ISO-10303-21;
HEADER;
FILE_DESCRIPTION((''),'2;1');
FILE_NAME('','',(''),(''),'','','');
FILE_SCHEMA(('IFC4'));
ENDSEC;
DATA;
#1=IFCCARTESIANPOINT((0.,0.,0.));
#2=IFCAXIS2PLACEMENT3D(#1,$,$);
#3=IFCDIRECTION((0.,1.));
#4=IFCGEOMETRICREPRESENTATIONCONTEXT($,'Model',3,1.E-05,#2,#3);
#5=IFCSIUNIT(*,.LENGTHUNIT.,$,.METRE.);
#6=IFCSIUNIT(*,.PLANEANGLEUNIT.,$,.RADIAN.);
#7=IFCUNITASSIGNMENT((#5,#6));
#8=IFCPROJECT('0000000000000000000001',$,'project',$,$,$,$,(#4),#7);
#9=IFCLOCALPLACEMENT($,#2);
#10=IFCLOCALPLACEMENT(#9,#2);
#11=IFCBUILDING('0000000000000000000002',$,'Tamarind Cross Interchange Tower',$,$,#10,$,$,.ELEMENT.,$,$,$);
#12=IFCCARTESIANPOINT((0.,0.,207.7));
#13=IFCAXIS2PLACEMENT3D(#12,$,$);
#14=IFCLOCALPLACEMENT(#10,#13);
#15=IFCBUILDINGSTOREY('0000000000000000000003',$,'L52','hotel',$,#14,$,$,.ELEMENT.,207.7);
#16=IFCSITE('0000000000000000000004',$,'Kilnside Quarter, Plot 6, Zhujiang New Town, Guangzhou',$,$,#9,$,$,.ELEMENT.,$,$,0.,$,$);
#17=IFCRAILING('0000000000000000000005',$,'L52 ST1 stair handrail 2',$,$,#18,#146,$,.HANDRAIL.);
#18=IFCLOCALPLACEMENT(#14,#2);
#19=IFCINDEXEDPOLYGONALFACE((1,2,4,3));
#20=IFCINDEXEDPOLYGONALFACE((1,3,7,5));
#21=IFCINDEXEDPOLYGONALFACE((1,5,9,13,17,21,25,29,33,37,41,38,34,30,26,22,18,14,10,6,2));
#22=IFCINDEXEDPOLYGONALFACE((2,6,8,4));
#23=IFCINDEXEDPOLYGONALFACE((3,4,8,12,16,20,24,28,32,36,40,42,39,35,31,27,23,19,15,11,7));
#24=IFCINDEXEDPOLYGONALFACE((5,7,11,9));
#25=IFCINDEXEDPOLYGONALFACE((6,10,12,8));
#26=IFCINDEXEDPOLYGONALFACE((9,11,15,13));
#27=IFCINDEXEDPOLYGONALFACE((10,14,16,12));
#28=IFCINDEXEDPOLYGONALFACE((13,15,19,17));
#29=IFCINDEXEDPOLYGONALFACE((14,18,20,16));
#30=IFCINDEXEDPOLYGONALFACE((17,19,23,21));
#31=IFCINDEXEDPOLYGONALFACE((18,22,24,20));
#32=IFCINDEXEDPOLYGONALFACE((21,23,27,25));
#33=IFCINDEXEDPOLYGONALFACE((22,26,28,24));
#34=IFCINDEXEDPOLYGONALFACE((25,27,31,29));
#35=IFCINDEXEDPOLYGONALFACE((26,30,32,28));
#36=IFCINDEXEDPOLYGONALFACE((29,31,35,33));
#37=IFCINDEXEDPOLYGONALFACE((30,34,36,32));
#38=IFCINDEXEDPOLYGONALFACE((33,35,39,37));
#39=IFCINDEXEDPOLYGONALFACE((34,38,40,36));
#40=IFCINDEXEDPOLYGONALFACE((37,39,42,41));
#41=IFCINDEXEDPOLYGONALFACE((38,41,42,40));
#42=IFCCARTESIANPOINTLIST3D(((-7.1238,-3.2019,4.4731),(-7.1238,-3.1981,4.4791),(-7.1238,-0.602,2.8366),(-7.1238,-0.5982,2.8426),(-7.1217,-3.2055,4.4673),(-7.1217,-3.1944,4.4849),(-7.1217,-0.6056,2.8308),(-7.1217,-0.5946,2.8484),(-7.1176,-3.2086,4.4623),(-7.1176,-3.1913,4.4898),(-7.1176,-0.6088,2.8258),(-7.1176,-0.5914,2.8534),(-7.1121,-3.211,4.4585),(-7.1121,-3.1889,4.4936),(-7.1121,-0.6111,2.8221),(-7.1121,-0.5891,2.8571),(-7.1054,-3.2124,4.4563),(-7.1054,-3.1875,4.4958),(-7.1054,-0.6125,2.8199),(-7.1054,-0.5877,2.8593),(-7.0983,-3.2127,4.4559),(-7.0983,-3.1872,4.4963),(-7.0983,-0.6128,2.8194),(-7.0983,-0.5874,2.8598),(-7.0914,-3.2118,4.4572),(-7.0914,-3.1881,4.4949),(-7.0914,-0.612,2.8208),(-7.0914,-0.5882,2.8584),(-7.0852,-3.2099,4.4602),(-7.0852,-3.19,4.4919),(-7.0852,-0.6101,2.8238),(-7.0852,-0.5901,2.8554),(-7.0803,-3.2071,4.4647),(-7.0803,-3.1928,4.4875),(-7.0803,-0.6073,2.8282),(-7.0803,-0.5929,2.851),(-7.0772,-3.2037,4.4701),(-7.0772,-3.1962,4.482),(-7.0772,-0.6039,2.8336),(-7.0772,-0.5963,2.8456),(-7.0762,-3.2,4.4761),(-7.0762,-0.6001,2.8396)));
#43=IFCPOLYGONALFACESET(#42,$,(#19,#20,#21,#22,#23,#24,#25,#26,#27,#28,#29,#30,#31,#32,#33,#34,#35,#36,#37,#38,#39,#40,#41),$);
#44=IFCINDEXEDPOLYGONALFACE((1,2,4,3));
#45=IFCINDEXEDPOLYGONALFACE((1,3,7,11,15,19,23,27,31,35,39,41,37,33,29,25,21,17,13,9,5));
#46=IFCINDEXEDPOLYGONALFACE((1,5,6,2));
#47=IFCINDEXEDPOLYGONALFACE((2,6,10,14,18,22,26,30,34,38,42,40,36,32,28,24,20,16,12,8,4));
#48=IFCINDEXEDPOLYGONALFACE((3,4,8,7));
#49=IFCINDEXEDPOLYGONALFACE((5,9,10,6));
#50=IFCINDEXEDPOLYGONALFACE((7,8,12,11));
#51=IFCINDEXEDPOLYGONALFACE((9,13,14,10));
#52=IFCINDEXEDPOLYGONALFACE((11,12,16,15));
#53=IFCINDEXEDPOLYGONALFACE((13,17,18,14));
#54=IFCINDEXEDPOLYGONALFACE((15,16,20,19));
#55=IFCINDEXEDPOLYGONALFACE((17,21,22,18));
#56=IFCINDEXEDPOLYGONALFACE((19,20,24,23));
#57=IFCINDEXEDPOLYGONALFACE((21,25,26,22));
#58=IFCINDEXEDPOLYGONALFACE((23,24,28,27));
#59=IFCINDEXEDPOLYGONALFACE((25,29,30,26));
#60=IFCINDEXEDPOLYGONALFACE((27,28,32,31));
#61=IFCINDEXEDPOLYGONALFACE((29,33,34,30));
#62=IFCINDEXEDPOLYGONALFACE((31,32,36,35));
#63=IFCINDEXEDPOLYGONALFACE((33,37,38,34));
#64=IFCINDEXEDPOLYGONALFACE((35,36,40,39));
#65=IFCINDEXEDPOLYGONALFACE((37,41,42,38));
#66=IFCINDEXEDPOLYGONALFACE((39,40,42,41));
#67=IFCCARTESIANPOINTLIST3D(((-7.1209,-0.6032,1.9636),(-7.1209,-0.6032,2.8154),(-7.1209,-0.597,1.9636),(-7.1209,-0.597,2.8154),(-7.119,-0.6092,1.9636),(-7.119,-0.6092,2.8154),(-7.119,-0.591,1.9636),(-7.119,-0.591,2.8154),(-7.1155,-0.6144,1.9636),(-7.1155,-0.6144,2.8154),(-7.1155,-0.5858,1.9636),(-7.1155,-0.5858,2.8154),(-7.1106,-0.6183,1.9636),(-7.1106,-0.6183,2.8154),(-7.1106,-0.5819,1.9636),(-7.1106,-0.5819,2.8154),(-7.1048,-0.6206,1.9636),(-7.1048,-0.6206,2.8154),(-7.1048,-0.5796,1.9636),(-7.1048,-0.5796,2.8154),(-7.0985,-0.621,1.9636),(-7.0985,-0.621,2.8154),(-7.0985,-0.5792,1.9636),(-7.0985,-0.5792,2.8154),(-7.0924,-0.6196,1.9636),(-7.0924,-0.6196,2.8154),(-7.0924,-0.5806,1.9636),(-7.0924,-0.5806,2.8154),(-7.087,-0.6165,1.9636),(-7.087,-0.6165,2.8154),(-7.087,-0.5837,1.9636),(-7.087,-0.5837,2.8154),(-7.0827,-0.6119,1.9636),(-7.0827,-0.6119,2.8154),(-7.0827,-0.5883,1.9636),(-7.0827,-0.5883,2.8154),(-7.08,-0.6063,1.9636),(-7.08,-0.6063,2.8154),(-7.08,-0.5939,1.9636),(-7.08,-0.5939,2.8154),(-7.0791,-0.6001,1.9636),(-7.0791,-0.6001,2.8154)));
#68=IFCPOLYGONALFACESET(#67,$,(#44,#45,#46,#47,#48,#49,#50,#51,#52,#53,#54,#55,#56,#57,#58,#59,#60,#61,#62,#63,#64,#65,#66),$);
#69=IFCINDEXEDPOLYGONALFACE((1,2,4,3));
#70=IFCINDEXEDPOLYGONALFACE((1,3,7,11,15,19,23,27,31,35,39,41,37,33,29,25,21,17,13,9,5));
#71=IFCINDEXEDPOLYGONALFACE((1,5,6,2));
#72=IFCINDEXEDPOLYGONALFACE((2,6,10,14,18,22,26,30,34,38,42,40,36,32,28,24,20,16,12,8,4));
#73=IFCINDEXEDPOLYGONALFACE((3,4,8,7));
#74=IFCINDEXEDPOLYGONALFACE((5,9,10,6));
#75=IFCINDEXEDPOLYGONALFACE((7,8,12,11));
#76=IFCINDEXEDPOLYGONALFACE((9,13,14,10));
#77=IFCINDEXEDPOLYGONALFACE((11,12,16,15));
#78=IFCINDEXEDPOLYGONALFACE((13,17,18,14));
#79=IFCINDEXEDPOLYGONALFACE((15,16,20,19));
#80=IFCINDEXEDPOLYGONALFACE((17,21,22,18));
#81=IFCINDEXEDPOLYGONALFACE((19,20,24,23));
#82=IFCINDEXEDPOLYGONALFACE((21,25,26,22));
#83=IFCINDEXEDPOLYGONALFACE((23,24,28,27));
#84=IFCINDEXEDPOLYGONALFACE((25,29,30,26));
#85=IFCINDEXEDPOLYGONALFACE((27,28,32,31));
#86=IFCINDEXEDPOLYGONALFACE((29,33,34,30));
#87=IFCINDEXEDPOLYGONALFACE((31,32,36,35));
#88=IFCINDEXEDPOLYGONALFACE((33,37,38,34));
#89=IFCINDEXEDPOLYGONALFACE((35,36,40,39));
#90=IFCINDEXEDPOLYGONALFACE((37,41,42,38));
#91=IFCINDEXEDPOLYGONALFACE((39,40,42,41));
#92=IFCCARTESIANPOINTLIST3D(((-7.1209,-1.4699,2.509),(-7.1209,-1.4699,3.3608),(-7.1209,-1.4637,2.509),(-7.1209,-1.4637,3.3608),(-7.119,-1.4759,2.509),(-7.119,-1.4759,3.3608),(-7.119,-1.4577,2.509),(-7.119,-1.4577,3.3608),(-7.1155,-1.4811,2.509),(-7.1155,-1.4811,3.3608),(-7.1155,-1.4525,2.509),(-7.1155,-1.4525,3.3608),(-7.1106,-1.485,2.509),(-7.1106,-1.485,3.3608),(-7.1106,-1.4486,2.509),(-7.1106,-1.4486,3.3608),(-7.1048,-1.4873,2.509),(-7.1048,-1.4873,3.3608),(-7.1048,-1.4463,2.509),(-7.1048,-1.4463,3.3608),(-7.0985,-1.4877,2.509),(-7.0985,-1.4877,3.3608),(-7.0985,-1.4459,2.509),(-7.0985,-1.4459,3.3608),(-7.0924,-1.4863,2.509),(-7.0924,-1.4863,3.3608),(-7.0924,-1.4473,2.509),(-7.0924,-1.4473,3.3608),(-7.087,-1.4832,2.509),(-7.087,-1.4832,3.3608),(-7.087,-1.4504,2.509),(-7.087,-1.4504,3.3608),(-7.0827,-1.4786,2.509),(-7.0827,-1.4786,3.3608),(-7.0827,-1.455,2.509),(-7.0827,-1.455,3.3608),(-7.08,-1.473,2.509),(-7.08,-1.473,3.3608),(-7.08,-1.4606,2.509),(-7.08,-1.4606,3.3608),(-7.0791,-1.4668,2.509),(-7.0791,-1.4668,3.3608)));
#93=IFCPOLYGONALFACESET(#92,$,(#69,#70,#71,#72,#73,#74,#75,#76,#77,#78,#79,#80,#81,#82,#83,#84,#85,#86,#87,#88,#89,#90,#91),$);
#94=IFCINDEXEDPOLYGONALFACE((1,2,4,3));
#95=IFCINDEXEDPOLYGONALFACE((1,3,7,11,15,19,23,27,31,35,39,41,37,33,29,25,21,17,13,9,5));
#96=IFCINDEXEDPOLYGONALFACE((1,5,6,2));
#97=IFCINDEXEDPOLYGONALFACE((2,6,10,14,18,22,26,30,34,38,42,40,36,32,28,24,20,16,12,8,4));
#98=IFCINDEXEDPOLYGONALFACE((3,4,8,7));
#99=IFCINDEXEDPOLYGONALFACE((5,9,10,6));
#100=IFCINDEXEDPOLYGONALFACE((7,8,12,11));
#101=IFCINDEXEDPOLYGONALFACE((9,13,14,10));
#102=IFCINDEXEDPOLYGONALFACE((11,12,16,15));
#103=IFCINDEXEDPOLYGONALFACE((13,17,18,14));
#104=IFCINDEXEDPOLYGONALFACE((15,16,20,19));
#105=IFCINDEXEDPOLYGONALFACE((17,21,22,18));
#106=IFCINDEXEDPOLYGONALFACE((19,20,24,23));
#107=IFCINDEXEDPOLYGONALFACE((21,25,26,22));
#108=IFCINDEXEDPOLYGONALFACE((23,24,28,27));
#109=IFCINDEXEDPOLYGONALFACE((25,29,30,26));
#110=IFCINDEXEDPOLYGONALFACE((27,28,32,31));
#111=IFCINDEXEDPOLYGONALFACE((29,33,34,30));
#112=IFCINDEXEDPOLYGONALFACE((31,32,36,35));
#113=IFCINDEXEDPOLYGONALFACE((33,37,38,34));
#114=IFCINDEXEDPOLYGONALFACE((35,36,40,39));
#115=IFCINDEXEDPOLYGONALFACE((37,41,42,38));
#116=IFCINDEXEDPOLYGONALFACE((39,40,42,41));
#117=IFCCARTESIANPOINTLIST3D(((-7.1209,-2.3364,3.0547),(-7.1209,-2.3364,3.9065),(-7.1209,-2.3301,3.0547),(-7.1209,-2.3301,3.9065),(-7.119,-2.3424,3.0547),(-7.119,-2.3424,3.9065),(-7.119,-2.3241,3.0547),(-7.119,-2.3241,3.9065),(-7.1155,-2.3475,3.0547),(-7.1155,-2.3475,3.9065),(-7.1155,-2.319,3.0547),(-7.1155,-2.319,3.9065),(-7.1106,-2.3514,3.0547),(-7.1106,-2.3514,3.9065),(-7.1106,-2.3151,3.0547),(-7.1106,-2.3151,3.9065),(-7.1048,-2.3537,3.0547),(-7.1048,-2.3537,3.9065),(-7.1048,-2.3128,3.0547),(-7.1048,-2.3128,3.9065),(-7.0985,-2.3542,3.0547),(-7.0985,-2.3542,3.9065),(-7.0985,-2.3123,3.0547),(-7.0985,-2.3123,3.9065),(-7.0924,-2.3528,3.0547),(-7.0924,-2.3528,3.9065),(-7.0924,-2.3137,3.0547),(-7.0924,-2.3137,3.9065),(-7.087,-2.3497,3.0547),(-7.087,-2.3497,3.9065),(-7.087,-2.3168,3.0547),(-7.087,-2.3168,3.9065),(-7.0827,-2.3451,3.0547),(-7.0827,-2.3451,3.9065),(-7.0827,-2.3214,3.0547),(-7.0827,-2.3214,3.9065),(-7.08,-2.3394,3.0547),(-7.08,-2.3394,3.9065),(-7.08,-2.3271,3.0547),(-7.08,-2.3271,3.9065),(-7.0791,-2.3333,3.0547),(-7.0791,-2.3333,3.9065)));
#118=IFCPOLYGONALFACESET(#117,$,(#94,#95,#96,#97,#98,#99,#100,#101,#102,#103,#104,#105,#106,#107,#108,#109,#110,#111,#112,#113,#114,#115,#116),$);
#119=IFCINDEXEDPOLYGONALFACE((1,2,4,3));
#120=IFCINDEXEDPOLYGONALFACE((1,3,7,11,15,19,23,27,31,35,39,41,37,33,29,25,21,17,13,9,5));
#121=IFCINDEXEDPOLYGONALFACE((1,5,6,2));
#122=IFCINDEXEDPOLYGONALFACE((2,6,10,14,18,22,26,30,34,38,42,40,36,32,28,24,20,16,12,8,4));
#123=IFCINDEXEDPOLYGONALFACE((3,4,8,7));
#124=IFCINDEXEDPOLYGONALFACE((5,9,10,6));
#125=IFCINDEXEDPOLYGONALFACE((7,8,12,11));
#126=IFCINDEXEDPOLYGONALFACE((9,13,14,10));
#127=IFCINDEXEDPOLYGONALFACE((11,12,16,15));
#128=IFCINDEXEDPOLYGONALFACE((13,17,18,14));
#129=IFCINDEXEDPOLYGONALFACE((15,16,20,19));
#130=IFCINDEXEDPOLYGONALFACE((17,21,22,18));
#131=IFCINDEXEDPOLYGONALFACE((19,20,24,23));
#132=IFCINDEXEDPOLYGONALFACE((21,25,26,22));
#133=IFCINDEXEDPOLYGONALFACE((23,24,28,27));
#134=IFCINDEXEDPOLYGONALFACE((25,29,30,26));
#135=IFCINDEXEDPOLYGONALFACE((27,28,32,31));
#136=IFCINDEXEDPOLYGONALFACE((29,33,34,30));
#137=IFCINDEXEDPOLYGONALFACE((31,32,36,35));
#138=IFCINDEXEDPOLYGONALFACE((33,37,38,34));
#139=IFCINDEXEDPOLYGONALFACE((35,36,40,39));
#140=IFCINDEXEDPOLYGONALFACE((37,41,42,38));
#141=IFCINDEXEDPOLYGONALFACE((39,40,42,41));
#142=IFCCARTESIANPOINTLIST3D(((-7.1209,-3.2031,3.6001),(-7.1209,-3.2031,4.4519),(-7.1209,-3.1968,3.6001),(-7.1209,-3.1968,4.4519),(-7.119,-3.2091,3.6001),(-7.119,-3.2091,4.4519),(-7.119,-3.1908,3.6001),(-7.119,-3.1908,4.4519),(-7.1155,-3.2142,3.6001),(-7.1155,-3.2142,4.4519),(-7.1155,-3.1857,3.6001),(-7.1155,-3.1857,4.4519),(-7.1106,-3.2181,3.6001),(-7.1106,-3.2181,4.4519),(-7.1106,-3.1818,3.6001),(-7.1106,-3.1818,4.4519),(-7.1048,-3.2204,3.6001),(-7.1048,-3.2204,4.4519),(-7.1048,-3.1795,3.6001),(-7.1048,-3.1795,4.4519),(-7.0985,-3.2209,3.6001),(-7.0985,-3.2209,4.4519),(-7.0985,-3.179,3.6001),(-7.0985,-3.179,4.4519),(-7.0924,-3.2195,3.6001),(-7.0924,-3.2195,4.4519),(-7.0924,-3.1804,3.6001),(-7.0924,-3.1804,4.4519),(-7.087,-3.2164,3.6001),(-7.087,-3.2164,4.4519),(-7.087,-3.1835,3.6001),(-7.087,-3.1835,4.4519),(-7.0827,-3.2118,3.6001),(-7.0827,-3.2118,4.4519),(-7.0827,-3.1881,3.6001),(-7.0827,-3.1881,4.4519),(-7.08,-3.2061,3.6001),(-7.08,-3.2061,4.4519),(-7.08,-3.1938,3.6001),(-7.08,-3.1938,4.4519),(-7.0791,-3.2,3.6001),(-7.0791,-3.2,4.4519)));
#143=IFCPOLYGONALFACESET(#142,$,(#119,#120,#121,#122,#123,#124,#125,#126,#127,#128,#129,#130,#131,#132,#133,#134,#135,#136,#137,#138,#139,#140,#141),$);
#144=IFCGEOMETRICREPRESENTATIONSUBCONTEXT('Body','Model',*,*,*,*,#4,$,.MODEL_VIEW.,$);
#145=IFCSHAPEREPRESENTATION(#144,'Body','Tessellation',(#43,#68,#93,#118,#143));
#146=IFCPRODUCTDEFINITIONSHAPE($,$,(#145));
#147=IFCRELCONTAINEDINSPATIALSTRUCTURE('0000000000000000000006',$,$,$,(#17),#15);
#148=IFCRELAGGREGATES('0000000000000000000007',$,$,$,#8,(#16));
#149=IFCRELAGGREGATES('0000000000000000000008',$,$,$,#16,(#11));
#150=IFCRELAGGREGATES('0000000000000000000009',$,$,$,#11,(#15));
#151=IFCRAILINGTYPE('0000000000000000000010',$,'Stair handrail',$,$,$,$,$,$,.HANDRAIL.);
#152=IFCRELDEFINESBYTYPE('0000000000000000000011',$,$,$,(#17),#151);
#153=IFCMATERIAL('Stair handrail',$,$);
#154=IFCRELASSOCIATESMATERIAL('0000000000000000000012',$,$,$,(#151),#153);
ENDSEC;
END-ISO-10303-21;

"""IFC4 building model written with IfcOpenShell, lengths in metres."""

from ifc_helpers import new_model, si_unit, direction, frame, origin, origin_2d, place, context, subcontext, project, spatial, circle, extrude, material, type_object, element, save


model = new_model("IFC4")

# Units and contexts
model_context = context("Model", 3, precision=1e-05, world=origin(), true_north=direction((0.0, 1.0)))
body_context = subcontext(model_context, "Body", "Model", "MODEL_VIEW")
ifc_project = project(units=[si_unit("LENGTHUNIT", "METRE"), si_unit("PLANEANGLEUNIT", "RADIAN")], contexts=[model_context])

# Site, building, storey
site_placement = place(None, origin())
site = spatial("IfcSite", under=ifc_project, at=site_placement, Name="Kilnside Quarter, Plot 6, Zhujiang New Town, Guangzhou", CompositionType="ELEMENT", RefElevation=0.0)
building_placement = place(site_placement, origin())
building = spatial("IfcBuilding", under=site, at=building_placement, Name="Tamarind Cross Interchange Tower", CompositionType="ELEMENT")
storey_placement = place(building_placement, frame((0.0, 0.0, 207.7)))
storey = spatial("IfcBuildingStorey", under=building, at=storey_placement, Name="L52", Description="hotel", CompositionType="ELEMENT", Elevation=207.7)

# Railing
ifc_material_1 = material(Name="Stair handrail")
railing_type_1 = type_object("IfcRailingType", Name="Stair handrail", PredefinedType="HANDRAIL", material=ifc_material_1)
railing_1_placement = place(storey_placement, frame((-7.1001, -0.6001, 1.9636)))
element("IfcRailing", 1, at=railing_1_placement, inside=storey, type_object=railing_type_1, Name="L52 ST1 stair handrail 2", PredefinedType="HANDRAIL", context=body_context, shape_type="SweptSolid", body=[
    extrude(circle(Radius=0.0239, at=origin_2d()), frame((0.0, 0.0, 0.876), z_axis=(0.0, -0.846302, 0.532704), x_axis=(1.0, 0.0, 0.0)), (0.0, 0.0, 1.0), 3.072),
    extrude(circle(Radius=0.021, at=origin_2d()), origin(), (0.0, 0.0, 1.0), 0.8518),
    extrude(circle(Radius=0.021, at=origin_2d()), frame((0.0, -0.8667, 0.5454)), (0.0, 0.0, 1.0), 0.8518),
    extrude(circle(Radius=0.021, at=origin_2d()), frame((0.0, -1.7332, 1.0911)), (0.0, 0.0, 1.0), 0.8518),
    extrude(circle(Radius=0.021, at=origin_2d()), frame((0.0, -2.5999, 1.6365)), (0.0, 0.0, 1.0), 0.8518),
])

save(model, "model.ifc")
